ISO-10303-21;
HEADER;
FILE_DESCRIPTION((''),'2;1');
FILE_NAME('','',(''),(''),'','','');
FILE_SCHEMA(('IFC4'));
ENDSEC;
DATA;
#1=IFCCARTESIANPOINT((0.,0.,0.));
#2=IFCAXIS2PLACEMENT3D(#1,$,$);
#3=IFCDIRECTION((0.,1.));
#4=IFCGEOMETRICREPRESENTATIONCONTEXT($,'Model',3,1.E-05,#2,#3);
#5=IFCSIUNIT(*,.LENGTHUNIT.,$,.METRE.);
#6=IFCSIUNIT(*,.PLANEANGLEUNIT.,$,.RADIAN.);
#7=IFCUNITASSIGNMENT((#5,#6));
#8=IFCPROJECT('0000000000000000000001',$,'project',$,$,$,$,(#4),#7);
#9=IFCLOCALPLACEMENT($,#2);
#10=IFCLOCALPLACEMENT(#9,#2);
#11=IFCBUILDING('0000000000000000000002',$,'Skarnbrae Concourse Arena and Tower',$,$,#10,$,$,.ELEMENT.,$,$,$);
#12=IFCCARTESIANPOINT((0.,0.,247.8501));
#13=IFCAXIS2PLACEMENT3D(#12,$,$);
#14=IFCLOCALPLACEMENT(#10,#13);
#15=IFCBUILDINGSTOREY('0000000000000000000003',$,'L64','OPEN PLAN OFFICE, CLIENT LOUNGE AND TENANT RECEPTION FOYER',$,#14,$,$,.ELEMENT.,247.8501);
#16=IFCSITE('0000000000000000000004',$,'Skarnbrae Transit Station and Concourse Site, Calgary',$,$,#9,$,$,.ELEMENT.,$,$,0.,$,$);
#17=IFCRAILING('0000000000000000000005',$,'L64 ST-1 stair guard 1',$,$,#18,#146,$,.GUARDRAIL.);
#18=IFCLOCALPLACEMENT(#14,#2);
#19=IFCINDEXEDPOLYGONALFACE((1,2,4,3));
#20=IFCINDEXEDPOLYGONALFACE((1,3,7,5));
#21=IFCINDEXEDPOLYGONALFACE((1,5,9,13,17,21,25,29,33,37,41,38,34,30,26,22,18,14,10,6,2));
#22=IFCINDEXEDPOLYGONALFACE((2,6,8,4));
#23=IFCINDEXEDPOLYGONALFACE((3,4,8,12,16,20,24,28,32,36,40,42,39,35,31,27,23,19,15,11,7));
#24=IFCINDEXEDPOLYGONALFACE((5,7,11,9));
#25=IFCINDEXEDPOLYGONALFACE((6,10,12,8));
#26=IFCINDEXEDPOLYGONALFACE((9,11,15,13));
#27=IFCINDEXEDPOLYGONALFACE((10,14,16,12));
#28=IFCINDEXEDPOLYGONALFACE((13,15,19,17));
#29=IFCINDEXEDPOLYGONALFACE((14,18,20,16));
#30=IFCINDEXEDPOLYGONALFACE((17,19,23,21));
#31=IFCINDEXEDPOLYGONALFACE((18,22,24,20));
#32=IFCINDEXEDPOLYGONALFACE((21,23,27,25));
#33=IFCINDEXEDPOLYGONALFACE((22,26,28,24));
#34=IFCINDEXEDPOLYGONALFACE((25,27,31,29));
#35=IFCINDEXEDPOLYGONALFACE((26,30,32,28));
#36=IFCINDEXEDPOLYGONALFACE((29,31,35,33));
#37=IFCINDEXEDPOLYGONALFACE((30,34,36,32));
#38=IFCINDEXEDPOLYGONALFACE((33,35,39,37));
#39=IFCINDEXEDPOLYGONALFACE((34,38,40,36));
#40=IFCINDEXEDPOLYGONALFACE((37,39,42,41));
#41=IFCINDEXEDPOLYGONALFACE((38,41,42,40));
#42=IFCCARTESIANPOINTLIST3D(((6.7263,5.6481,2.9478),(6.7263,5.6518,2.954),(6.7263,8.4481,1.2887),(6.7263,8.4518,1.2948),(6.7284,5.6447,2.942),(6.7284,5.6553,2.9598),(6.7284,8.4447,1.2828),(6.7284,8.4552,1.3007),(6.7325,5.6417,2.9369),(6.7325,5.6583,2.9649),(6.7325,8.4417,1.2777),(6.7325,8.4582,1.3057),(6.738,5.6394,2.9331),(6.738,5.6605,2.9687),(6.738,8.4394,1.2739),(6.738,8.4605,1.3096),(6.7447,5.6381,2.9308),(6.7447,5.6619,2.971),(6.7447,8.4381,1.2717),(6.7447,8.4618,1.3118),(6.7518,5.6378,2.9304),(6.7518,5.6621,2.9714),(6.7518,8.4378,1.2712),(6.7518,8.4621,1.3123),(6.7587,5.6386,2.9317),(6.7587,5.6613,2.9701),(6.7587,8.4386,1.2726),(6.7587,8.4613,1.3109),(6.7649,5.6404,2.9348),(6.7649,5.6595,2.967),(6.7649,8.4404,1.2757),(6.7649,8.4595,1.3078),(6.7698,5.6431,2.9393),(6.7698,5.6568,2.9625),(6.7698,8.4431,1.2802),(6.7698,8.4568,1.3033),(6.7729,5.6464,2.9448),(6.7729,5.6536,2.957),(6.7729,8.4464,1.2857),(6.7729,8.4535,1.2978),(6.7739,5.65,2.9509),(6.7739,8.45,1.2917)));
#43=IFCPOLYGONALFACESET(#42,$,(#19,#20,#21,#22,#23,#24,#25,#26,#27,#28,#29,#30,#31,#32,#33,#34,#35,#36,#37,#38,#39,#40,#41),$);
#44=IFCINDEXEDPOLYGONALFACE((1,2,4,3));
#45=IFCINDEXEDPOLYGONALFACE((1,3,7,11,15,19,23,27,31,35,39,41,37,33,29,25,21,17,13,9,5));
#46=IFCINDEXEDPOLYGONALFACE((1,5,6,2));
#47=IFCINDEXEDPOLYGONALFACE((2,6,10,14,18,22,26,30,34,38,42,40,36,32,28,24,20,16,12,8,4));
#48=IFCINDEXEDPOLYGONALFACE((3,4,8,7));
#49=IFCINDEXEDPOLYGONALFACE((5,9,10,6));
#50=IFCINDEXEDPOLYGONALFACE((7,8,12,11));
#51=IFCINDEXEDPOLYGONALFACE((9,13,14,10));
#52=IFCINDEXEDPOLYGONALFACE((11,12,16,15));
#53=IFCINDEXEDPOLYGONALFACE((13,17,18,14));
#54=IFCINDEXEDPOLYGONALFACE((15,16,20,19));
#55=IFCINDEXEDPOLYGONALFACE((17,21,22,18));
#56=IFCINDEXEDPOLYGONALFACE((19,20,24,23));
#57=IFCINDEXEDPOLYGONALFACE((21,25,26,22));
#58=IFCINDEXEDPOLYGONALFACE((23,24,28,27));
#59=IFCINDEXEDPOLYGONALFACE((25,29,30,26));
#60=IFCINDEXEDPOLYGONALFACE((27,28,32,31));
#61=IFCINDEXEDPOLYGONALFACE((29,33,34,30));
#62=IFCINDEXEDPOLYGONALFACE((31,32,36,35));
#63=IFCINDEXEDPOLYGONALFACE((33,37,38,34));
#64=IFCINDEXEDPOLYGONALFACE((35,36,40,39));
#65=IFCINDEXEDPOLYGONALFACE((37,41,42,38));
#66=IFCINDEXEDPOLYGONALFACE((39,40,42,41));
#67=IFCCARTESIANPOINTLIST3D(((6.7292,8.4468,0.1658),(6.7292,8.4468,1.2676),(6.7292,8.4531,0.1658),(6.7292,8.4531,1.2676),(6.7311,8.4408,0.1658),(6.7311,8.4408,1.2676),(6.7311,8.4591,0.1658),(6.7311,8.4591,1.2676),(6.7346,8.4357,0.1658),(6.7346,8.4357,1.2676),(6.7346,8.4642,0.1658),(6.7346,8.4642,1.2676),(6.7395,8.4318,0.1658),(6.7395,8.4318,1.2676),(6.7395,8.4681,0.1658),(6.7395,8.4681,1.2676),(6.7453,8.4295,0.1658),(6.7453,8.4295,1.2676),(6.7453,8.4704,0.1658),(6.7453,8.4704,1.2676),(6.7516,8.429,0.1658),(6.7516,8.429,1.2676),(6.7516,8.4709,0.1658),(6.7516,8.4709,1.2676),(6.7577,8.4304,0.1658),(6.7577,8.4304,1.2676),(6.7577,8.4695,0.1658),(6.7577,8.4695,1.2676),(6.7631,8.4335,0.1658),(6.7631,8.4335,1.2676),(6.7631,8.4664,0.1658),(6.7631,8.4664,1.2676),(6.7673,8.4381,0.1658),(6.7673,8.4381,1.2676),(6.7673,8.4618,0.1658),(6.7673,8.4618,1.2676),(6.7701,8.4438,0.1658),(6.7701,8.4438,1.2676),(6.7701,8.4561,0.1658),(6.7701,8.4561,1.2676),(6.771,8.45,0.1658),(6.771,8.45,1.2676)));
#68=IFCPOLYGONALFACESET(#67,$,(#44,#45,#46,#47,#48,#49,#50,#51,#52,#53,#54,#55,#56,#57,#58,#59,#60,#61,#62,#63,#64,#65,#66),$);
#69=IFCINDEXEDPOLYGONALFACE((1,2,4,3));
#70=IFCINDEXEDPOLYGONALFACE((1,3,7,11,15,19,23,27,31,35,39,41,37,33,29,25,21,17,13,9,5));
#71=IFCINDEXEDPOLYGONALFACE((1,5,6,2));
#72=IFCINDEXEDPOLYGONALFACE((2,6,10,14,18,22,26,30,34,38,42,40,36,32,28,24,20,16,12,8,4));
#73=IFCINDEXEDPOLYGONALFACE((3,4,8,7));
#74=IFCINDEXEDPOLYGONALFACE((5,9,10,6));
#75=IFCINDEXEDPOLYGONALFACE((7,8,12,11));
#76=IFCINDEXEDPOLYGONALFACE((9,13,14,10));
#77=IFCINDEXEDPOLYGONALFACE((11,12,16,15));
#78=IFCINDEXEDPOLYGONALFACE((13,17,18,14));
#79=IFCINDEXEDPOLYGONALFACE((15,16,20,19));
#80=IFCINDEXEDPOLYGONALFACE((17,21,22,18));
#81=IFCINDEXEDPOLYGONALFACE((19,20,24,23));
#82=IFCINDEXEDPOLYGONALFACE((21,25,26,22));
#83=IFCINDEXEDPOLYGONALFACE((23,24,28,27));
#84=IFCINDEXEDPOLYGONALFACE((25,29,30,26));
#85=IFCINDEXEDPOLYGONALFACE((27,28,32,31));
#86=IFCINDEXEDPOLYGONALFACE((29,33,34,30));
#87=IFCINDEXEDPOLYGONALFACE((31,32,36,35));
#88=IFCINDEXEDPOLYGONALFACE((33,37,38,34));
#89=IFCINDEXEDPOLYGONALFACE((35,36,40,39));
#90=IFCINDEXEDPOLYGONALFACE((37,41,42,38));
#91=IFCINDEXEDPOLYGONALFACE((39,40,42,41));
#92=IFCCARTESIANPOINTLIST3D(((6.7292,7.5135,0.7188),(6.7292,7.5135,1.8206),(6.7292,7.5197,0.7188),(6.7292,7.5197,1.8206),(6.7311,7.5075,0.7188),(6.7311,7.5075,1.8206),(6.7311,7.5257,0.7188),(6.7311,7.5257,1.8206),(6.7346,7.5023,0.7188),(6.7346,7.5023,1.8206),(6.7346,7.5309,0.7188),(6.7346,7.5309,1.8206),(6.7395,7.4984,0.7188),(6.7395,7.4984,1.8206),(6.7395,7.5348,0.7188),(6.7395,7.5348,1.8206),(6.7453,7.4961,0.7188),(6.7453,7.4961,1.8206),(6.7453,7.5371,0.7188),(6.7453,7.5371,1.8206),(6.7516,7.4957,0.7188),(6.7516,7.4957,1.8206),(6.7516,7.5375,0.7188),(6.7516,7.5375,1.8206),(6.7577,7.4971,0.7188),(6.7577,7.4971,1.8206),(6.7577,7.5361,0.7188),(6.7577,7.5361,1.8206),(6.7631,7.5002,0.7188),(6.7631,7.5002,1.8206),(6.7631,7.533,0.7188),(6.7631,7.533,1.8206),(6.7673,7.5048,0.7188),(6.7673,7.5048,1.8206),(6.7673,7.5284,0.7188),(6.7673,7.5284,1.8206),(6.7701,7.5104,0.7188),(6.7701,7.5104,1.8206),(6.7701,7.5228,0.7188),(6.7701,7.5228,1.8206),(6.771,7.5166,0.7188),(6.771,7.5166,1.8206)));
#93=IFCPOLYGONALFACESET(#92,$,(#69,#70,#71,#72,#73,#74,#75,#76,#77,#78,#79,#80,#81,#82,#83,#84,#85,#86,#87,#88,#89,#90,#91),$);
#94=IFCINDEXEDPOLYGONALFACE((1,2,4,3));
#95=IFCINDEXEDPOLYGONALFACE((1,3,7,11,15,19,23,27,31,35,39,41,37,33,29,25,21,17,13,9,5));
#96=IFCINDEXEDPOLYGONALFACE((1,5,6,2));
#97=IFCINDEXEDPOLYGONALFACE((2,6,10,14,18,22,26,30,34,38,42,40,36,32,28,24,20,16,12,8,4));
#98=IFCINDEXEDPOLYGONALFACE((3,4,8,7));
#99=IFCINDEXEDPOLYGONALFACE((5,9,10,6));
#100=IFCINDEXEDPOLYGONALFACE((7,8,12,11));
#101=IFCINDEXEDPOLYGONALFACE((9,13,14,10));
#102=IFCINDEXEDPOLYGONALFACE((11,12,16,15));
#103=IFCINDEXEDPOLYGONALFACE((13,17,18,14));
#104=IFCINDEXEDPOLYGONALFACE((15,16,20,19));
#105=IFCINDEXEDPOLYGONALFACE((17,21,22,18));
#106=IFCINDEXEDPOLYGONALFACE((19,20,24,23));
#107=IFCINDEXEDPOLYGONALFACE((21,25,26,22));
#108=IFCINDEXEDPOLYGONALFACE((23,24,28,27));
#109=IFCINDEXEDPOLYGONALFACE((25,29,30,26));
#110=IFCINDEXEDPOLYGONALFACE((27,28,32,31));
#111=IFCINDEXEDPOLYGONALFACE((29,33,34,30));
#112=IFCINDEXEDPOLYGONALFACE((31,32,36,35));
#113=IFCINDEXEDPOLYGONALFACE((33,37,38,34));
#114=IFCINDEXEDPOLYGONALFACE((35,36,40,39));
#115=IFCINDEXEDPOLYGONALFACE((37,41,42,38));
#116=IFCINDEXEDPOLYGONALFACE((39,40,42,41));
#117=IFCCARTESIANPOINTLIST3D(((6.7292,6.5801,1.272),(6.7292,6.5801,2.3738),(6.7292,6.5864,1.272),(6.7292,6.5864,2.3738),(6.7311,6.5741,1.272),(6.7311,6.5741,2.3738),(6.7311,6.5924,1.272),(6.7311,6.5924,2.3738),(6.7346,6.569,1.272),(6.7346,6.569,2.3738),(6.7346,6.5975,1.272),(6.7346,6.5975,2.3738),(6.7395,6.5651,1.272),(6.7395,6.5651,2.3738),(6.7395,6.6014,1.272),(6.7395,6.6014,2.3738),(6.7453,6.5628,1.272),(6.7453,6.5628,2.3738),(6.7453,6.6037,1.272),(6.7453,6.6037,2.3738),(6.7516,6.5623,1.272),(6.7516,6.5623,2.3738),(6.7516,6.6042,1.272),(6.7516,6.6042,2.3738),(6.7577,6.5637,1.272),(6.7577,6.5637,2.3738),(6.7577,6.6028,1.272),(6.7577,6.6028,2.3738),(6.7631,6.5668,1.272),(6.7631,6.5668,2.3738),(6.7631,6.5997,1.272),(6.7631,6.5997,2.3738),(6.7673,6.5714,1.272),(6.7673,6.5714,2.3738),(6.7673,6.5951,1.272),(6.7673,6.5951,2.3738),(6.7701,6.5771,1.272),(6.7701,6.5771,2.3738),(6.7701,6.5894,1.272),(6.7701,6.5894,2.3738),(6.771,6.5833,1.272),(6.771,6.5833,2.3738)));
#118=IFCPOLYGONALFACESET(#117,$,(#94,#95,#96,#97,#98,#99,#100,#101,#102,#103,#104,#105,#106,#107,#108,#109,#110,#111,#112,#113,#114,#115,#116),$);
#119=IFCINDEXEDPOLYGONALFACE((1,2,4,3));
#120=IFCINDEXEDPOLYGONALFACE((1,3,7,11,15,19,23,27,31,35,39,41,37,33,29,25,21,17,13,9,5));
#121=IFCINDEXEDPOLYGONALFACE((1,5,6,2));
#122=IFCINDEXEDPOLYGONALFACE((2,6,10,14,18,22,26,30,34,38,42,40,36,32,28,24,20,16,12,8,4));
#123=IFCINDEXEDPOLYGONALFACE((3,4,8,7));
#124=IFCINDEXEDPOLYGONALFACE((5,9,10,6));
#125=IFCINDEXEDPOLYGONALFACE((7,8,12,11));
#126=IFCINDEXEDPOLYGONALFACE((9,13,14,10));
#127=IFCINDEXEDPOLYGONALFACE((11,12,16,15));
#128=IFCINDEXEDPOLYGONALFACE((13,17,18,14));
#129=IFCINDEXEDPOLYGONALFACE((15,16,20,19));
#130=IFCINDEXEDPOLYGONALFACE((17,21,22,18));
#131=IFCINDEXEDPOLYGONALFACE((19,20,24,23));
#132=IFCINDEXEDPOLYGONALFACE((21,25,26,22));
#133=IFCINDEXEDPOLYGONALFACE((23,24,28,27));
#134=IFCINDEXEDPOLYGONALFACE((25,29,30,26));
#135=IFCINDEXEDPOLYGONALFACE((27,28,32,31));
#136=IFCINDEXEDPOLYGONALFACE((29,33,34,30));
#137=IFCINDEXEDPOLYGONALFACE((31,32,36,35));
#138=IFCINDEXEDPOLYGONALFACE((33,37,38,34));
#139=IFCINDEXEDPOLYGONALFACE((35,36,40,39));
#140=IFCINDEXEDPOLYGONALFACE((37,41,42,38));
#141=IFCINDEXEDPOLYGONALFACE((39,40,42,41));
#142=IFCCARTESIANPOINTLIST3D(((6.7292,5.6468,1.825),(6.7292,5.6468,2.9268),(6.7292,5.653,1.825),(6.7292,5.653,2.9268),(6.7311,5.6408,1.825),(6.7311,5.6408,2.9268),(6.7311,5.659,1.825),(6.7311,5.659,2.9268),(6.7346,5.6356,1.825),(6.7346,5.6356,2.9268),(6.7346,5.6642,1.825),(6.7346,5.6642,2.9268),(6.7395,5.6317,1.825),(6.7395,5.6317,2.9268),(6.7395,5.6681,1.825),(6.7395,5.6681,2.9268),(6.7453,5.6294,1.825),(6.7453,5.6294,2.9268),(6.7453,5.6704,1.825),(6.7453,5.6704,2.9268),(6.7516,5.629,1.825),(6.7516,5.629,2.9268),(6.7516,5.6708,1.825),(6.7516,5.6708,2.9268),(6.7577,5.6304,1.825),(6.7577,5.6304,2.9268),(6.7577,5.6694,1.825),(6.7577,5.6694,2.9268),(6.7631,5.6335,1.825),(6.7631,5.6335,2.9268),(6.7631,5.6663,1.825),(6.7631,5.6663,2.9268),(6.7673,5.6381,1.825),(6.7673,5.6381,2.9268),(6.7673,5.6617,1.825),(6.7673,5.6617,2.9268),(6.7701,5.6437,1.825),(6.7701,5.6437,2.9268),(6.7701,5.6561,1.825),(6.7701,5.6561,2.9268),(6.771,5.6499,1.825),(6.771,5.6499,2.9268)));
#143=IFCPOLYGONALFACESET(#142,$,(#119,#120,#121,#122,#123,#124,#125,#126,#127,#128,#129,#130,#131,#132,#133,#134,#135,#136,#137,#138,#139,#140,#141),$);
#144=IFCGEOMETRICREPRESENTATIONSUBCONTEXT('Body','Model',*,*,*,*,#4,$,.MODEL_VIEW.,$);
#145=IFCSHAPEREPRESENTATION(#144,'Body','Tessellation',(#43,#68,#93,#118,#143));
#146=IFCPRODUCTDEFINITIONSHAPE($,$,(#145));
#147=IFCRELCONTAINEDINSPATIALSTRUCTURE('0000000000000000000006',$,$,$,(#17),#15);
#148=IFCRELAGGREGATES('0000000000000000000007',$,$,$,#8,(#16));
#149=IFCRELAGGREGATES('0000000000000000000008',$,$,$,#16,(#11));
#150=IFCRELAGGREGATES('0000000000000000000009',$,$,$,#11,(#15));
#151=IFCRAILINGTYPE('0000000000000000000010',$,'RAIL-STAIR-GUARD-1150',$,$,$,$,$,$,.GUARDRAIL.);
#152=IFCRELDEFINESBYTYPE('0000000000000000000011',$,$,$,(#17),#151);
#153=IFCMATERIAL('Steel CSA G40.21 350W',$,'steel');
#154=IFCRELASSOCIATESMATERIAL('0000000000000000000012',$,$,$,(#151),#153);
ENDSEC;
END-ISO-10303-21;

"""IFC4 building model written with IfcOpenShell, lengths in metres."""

from ifc_helpers import new_model, si_unit, direction, frame, origin, origin_2d, place, context, subcontext, project, spatial, circle, extrude, material, type_object, element, save


model = new_model("IFC4")

# Units and contexts
model_context = context("Model", 3, precision=1e-05, world=origin(), true_north=direction((0.0, 1.0)))
body_context = subcontext(model_context, "Body", "Model", "MODEL_VIEW")
ifc_project = project(units=[si_unit("LENGTHUNIT", "METRE"), si_unit("PLANEANGLEUNIT", "RADIAN")], contexts=[model_context])

# Site, building, storey
site_placement = place(None, origin())
site = spatial("IfcSite", under=ifc_project, at=site_placement, Name="Skarnbrae Transit Station and Concourse Site, Calgary", CompositionType="ELEMENT", RefElevation=0.0)
building_placement = place(site_placement, origin())
building = spatial("IfcBuilding", under=site, at=building_placement, Name="Skarnbrae Concourse Arena and Tower", CompositionType="ELEMENT")
storey_placement = place(building_placement, frame((0.0, 0.0, 247.8501)))
storey = spatial("IfcBuildingStorey", under=building, at=storey_placement, Name="L64", Description="OPEN PLAN OFFICE, CLIENT LOUNGE AND TENANT RECEPTION FOYER", CompositionType="ELEMENT", Elevation=247.8501)

# Shared definitions
ifc_material_1 = material(Name="Steel CSA G40.21 350W", Category="steel")

# Railing
railing_type_1 = type_object("IfcRailingType", Name="RAIL-STAIR-GUARD-1150", PredefinedType="GUARDRAIL", material=ifc_material_1)
railing_1_placement = place(storey_placement, frame((6.75, 8.45, 0.1658)))
element("IfcRailing", 1, at=railing_1_placement, inside=storey, type_object=railing_type_1, Name="L64 ST-1 stair guard 1", PredefinedType="GUARDRAIL", context=body_context, shape_type="SweptSolid", body=[
    extrude(circle(Radius=0.0239, at=origin_2d()), frame((0.0, 0.0, 1.126), z_axis=(0.0, -0.860306, 0.509778), x_axis=(1.0, 0.0, 0.0)), (0.0, 0.0, 1.0), 3.2546),
    extrude(circle(Radius=0.021, at=origin_2d()), origin(), (0.0, 0.0, 1.0), 1.1018),
    extrude(circle(Radius=0.021, at=origin_2d()), frame((0.0, -0.9333, 0.553)), (0.0, 0.0, 1.0), 1.1018),
    extrude(circle(Radius=0.021, at=origin_2d()), frame((0.0, -1.8667, 1.1062)), (0.0, 0.0, 1.0), 1.1018),
    extrude(circle(Radius=0.021, at=origin_2d()), frame((0.0, -2.8, 1.6592)), (0.0, 0.0, 1.0), 1.1018),
])

save(model, "model.ifc")
